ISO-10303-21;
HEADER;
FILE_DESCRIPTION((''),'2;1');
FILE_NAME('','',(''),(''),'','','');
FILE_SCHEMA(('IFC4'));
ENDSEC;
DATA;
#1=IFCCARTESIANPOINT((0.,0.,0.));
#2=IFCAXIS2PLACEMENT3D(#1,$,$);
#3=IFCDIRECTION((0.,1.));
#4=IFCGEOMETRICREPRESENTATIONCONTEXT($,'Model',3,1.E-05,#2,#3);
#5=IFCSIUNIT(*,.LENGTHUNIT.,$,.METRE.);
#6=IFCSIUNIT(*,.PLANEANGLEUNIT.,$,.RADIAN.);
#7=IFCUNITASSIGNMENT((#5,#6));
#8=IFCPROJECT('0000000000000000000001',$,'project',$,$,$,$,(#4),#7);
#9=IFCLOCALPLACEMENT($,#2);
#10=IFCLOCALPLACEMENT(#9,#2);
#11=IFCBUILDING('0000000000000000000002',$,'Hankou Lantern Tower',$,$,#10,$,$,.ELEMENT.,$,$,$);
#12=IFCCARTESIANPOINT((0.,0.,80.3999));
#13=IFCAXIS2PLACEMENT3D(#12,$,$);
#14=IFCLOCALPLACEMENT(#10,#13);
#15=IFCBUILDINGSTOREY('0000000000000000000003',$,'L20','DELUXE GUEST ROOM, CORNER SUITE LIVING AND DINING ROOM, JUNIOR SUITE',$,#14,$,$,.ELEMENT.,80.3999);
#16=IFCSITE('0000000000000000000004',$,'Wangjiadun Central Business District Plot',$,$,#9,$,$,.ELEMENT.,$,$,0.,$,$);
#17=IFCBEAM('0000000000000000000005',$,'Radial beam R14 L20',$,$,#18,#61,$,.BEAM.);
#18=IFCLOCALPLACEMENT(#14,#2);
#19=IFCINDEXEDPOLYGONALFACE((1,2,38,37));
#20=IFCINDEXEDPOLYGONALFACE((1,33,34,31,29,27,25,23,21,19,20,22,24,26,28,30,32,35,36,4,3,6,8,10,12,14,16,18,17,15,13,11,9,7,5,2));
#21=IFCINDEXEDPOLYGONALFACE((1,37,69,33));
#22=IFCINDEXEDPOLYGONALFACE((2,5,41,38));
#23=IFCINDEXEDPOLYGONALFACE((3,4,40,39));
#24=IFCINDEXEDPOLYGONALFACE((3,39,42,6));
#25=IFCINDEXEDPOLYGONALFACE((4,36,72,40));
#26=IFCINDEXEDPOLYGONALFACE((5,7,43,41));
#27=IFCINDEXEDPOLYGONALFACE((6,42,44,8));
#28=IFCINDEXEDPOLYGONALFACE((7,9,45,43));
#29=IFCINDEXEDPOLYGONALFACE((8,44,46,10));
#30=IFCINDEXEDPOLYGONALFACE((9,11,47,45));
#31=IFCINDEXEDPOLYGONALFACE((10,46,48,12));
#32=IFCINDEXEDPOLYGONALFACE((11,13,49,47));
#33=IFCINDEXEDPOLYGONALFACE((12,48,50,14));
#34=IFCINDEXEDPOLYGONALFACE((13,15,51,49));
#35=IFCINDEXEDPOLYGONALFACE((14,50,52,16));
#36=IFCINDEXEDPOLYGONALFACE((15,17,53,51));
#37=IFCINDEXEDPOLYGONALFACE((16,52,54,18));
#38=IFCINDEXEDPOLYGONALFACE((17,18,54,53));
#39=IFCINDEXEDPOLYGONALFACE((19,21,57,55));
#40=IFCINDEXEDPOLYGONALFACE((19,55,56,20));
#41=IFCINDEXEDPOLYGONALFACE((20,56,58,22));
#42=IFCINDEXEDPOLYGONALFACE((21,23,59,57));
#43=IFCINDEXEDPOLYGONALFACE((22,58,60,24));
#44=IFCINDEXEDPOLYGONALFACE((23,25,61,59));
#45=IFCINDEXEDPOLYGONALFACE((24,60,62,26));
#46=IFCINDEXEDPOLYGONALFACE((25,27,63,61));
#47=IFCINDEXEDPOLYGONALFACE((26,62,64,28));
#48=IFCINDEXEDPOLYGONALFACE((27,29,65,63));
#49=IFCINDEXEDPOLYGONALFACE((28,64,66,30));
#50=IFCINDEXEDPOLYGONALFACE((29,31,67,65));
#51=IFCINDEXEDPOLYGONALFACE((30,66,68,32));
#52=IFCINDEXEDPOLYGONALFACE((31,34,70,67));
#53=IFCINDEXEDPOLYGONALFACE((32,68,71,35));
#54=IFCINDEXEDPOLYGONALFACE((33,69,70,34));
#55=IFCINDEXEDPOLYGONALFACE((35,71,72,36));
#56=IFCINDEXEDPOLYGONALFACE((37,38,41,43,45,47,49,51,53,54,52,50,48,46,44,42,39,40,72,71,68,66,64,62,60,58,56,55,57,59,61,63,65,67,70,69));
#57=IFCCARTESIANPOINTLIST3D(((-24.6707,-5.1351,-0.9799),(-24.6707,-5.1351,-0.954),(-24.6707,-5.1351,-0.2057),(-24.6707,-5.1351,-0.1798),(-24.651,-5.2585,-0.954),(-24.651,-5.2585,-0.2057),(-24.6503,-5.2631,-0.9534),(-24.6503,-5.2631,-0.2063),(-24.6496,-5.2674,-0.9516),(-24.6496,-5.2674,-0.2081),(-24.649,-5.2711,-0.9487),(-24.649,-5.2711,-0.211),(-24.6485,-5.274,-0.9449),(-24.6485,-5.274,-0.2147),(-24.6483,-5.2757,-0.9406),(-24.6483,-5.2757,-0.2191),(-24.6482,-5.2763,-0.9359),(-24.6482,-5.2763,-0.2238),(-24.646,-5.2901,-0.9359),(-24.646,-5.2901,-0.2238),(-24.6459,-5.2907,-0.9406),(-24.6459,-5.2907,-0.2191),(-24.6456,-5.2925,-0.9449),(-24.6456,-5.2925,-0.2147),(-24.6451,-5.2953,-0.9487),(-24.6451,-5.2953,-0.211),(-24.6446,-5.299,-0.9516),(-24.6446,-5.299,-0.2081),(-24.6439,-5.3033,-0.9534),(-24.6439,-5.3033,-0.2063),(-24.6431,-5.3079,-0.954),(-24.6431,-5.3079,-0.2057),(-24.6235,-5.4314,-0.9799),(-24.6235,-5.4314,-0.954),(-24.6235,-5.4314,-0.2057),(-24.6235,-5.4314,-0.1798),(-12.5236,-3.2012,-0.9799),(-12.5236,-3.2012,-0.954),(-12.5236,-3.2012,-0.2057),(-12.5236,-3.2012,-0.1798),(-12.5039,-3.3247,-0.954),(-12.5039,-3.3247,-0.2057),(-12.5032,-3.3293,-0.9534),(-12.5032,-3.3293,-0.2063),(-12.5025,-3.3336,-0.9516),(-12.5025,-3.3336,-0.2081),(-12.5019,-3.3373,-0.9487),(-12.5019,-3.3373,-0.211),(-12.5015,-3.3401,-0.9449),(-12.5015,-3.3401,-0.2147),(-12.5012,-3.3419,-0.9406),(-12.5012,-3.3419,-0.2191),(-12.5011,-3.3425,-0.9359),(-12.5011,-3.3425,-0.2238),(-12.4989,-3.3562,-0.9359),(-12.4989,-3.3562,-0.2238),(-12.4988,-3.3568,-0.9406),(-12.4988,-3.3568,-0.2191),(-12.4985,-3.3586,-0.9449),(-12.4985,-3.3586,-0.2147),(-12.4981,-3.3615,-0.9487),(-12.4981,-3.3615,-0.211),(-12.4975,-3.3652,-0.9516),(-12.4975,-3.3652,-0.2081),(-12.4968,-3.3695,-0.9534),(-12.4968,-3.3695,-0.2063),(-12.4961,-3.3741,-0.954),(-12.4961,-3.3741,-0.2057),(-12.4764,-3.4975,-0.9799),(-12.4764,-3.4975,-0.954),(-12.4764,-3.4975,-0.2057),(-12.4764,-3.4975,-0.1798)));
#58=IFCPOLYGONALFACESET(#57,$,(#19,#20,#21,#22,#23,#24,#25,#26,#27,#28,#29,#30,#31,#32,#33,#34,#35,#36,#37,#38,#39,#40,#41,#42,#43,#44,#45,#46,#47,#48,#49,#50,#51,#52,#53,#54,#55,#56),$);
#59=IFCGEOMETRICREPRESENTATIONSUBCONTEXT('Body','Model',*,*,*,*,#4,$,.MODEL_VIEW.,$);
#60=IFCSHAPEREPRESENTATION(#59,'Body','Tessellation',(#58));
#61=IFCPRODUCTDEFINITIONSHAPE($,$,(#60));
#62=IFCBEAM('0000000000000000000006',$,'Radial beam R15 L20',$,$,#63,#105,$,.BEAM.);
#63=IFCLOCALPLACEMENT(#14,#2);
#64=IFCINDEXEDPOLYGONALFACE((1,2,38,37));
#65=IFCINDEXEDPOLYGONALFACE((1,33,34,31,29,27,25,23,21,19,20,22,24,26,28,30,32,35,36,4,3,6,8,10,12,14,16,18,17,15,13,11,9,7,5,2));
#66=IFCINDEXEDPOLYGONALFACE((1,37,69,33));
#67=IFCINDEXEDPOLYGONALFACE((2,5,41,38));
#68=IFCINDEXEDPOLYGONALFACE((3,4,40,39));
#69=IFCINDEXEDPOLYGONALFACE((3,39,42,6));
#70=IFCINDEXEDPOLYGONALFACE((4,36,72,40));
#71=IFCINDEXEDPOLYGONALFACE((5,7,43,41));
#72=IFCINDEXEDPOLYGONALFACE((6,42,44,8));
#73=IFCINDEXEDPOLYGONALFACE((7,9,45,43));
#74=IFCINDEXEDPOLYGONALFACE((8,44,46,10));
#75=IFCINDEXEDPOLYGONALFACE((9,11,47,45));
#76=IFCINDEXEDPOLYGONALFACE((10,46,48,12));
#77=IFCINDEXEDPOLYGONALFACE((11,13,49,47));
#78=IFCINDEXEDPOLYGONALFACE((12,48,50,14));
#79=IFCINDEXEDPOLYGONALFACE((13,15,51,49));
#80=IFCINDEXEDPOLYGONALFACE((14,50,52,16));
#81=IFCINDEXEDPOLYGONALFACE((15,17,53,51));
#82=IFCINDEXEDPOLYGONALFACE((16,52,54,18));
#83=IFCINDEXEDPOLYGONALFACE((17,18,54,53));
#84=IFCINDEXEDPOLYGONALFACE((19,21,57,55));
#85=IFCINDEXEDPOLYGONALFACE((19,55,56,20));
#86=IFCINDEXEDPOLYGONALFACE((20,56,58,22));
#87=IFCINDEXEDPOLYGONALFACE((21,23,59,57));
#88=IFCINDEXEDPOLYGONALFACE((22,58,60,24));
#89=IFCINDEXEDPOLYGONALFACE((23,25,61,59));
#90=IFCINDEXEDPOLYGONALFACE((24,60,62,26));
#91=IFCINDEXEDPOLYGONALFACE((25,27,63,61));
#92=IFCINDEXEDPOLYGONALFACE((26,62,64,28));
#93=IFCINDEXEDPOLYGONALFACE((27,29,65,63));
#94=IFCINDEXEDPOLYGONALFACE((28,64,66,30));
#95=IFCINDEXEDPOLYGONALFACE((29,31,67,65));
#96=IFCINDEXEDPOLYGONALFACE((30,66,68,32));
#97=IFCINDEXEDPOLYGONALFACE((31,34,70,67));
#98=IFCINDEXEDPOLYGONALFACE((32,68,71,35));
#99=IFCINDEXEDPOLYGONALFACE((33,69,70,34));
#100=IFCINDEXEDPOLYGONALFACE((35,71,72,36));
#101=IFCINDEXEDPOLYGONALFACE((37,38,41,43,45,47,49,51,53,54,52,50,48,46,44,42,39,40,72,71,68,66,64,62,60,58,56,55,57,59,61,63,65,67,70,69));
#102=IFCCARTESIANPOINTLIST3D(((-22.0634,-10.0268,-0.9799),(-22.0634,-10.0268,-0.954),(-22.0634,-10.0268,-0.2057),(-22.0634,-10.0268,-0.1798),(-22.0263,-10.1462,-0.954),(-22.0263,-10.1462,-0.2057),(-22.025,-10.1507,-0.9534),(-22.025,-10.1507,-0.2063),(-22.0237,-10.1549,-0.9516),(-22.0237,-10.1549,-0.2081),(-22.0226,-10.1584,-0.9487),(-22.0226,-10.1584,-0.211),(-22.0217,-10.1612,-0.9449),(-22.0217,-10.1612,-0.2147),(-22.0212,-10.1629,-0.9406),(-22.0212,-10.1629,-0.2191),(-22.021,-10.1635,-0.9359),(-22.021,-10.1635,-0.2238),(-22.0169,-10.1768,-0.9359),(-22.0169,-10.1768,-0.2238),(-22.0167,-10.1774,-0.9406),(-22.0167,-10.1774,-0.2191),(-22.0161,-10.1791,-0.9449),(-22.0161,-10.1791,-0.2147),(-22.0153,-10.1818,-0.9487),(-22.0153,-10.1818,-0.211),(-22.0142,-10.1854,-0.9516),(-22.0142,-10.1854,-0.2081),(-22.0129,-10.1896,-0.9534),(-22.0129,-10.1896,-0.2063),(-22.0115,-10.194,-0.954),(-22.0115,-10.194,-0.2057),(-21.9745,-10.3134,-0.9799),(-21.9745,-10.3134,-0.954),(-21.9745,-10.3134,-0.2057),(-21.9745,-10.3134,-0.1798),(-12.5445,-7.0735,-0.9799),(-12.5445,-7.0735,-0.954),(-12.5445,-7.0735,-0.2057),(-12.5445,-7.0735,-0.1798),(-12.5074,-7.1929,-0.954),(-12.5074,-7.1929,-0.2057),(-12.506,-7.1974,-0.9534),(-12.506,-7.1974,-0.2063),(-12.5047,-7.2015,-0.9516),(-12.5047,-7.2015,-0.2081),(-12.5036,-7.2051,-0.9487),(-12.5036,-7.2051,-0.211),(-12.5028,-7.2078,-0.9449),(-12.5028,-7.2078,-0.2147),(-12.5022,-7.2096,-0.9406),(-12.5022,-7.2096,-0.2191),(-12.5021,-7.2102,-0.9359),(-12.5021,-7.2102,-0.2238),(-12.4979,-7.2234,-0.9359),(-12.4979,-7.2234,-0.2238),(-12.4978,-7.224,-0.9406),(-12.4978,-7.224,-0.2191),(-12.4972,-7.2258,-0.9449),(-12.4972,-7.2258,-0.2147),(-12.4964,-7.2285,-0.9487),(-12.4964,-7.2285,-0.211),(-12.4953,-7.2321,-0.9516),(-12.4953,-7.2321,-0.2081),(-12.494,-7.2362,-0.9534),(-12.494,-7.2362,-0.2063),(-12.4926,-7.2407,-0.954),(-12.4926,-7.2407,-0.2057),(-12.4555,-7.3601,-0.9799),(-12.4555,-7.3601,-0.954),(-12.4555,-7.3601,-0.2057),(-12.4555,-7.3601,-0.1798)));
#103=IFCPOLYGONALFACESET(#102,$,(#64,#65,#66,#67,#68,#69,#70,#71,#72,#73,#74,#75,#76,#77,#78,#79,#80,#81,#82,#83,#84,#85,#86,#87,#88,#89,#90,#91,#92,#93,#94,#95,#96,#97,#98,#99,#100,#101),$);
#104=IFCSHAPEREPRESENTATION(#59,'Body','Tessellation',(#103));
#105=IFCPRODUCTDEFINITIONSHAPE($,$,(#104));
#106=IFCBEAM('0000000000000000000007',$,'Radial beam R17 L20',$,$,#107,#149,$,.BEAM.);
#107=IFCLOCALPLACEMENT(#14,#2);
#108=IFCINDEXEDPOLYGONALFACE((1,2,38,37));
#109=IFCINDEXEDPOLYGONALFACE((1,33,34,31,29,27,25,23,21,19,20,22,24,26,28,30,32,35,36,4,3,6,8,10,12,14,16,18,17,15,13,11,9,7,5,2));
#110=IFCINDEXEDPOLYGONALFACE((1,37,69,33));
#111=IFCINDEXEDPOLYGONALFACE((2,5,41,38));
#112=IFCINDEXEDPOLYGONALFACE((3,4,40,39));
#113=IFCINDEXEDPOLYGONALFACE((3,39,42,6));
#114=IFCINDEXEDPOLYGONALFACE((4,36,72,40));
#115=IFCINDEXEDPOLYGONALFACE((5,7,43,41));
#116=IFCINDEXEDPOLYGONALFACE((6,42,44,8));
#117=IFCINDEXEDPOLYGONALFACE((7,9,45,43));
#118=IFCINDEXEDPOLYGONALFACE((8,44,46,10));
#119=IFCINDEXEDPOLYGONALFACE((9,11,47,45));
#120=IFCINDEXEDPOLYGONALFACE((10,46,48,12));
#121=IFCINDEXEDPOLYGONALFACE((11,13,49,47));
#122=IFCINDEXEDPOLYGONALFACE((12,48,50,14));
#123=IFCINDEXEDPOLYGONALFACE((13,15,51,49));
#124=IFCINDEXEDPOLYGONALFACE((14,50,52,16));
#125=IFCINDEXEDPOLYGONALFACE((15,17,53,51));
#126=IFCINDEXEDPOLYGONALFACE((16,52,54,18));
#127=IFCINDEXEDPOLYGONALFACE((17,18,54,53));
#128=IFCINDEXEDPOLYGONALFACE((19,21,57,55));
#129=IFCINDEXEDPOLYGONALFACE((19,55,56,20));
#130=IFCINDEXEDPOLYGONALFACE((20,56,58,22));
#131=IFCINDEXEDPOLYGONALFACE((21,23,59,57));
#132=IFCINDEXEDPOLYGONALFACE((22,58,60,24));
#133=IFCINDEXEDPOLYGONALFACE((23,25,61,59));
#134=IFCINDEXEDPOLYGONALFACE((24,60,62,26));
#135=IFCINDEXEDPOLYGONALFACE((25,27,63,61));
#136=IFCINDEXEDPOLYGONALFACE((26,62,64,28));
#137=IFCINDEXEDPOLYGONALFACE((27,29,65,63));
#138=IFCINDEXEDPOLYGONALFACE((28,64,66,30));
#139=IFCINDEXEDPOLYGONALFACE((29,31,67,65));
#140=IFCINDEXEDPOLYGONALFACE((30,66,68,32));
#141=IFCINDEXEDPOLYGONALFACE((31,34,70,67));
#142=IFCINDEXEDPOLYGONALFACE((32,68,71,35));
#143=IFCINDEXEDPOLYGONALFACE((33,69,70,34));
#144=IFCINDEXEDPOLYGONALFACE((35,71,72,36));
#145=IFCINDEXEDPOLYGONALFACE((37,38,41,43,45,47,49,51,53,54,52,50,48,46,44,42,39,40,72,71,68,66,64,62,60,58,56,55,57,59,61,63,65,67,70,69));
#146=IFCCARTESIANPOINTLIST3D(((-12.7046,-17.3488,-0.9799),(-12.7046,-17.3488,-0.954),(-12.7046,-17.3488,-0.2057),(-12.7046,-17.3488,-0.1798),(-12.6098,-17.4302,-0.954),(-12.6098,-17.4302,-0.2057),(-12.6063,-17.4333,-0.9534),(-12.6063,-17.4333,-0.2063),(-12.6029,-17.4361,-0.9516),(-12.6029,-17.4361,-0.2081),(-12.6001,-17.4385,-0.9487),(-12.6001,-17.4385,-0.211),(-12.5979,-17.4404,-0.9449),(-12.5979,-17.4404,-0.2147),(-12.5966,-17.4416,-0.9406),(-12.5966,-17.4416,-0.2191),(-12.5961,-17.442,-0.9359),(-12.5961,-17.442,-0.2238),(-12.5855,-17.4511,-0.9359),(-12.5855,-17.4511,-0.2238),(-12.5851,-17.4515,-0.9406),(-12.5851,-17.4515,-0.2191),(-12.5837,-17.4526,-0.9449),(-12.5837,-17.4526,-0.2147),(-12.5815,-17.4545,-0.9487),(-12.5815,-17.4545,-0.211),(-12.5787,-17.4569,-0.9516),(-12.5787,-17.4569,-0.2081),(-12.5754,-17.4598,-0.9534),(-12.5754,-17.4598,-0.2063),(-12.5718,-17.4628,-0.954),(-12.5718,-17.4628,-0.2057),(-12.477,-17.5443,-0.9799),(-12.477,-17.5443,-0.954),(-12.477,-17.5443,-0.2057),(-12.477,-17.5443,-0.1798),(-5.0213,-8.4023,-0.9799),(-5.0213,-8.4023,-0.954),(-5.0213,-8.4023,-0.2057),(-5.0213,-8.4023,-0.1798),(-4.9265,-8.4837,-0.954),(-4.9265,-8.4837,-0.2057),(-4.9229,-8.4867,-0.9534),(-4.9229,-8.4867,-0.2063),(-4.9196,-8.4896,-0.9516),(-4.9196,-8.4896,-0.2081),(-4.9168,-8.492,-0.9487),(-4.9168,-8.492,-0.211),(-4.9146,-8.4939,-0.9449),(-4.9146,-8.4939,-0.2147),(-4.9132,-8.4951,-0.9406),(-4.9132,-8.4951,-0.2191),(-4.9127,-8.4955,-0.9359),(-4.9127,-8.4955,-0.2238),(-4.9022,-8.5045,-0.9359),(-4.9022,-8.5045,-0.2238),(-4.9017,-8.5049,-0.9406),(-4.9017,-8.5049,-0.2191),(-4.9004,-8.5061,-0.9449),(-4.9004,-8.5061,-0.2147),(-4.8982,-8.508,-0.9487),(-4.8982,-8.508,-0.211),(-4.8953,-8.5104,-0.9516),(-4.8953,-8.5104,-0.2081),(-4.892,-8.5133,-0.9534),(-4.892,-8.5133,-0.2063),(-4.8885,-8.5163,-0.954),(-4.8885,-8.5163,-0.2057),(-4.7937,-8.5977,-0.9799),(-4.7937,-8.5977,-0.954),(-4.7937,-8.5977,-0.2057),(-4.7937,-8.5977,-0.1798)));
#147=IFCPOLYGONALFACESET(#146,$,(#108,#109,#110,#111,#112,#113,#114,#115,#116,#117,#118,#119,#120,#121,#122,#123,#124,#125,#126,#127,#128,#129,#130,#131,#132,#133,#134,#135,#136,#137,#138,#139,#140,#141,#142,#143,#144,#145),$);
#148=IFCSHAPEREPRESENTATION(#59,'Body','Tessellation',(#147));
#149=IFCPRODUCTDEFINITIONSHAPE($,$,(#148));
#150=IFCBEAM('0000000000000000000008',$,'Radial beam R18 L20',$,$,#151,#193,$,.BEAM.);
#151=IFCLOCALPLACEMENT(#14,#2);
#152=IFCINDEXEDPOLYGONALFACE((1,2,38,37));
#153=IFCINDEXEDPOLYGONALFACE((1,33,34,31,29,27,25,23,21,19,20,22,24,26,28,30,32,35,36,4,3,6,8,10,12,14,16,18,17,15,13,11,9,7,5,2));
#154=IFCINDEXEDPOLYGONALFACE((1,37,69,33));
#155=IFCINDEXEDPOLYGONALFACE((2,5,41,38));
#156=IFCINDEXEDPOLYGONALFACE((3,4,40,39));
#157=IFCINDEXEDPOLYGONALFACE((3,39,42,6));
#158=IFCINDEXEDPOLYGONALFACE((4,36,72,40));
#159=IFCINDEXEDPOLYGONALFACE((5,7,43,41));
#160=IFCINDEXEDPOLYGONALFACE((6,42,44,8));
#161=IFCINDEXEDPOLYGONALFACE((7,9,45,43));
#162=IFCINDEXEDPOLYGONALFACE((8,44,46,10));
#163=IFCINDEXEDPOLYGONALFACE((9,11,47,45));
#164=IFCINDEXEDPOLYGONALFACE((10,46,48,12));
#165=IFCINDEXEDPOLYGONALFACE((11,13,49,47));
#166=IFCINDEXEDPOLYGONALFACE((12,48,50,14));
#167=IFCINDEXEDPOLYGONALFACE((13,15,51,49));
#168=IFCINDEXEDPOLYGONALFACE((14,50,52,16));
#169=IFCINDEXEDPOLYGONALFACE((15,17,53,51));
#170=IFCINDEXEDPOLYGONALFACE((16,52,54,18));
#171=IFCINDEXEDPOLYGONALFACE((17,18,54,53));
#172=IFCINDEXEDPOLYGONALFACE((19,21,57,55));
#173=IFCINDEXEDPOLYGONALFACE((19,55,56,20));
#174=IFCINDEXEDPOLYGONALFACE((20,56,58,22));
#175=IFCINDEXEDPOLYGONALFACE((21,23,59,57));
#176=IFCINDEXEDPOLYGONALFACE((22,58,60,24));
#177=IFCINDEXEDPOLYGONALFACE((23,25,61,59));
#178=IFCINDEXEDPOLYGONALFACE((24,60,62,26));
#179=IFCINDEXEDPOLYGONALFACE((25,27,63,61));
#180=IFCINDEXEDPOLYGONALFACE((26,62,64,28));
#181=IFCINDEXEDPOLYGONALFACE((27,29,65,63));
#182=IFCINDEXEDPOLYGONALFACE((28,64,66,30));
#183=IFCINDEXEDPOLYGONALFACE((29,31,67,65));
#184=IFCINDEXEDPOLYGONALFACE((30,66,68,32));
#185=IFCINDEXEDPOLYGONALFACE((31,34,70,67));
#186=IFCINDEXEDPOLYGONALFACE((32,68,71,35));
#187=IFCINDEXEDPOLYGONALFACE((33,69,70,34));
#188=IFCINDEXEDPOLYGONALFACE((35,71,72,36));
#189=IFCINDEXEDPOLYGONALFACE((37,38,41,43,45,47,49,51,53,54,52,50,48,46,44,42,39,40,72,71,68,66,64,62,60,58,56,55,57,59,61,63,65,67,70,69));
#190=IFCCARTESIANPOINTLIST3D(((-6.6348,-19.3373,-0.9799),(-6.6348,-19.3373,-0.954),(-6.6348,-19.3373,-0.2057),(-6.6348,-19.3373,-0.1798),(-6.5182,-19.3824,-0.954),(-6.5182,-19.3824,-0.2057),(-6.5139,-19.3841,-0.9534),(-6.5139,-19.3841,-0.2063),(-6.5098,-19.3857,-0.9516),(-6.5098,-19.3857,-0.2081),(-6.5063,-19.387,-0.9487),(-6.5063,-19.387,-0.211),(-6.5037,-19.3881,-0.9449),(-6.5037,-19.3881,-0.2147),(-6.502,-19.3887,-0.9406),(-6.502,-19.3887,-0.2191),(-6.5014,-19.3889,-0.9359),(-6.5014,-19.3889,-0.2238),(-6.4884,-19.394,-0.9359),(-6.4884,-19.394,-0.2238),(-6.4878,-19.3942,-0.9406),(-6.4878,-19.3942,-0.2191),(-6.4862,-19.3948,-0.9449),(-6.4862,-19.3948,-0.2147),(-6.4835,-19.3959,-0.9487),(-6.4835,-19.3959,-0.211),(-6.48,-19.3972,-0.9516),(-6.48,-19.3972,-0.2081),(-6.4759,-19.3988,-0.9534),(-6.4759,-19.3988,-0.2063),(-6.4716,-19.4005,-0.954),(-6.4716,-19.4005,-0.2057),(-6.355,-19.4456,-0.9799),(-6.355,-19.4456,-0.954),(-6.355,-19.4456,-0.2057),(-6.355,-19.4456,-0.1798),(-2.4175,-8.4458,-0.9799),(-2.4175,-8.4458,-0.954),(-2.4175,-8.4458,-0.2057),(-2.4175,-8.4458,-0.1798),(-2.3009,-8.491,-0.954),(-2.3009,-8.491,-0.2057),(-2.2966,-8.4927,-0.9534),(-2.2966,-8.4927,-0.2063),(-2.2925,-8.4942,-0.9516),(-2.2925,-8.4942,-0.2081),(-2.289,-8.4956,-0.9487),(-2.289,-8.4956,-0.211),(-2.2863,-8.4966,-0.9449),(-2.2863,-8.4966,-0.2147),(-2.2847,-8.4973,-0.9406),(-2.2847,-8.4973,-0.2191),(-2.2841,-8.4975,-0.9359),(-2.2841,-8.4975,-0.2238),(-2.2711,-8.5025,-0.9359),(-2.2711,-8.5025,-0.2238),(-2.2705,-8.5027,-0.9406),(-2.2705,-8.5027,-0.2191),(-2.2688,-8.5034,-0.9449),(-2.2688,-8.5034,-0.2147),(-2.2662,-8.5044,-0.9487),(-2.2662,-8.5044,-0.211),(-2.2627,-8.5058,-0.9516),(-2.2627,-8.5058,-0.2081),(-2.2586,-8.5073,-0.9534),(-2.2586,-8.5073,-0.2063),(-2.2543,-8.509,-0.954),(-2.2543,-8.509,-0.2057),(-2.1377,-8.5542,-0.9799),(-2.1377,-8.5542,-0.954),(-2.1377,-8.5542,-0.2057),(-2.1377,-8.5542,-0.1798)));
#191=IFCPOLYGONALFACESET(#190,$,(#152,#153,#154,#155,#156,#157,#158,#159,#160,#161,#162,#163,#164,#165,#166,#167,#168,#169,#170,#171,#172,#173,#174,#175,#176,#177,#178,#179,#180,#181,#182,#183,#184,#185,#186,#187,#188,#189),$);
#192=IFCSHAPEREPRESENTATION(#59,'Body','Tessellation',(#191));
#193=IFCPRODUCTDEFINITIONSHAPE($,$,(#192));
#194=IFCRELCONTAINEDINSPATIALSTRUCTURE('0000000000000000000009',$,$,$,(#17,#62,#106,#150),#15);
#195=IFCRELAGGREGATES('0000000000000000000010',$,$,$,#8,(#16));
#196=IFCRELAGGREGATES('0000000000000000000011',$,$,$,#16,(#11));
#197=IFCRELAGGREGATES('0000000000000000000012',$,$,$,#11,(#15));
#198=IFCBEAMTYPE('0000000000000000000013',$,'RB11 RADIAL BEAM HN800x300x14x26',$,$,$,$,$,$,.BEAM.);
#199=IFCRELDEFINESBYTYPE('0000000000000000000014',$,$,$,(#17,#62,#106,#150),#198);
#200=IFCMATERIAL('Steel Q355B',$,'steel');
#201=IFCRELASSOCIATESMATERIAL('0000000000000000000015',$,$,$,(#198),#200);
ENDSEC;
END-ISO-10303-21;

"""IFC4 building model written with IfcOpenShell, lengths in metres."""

from ifc_helpers import new_model, si_unit, direction, frame, origin, origin_2d, place, context, subcontext, project, spatial, i_section, extrude, material, material_profile, profile_set, type_object, element, save


model = new_model("IFC4")

# Units and contexts
model_context = context("Model", 3, precision=1e-05, world=origin(), true_north=direction((0.0, 1.0)))
body_context = subcontext(model_context, "Body", "Model", "MODEL_VIEW")
ifc_project = project(units=[si_unit("LENGTHUNIT", "METRE"), si_unit("PLANEANGLEUNIT", "RADIAN")], contexts=[model_context])

# Site, building, storey
site_placement = place(None, origin())
site = spatial("IfcSite", under=ifc_project, at=site_placement, Name="Wangjiadun Central Business District Plot", CompositionType="ELEMENT", RefElevation=0.0)
building_placement = place(site_placement, origin())
building = spatial("IfcBuilding", under=site, at=building_placement, Name="Hankou Lantern Tower", CompositionType="ELEMENT")
storey_placement = place(building_placement, frame((0.0, 0.0, 80.3999)))
storey = spatial("IfcBuildingStorey", under=building, at=storey_placement, Name="L20", Description="DELUXE GUEST ROOM, CORNER SUITE LIVING AND DINING ROOM, JUNIOR SUITE", CompositionType="ELEMENT", Elevation=80.3999)

# Beams
ifc_material_1 = material(Name="Steel Q355B", Category="steel")
ifc_material_profile_1 = material_profile(ifc_material_1, i_section(OverallWidth=0.3, OverallDepth=0.8, WebThickness=0.0139, FlangeThickness=0.0259, FilletRadius=0.0181, at=origin_2d()), Name="HN800x300x14x26")
ifc_profile_set_1 = profile_set([ifc_material_profile_1], Name="Steel Q355B")
beam_type_1 = type_object("IfcBeamType", Name="RB11 RADIAL BEAM HN800x300x14x26", PredefinedType="BEAM", material=ifc_profile_set_1)
beam_1_placement = place(storey_placement, frame((-12.5, -3.3494, -0.5798), z_axis=(-0.987563, -0.157223, 0.0), x_axis=(0.157223, -0.987563, 0.0)))
element("IfcBeam", 1, at=beam_1_placement, inside=storey, type_object=beam_type_1, Name="Radial beam R14 L20", PredefinedType="BEAM", context=body_context, shape_type="SweptSolid", body=[
    extrude(i_section(OverallWidth=0.3, OverallDepth=0.8, WebThickness=0.0139, FlangeThickness=0.0259, FilletRadius=0.0181, at=origin_2d()), origin(), (0.0, 0.0, 1.0), 12.3),
])
beam_2_placement = place(storey_placement, frame((-12.5, -7.2168, -0.5798), z_axis=(-0.955087, -0.296324, 0.0), x_axis=(0.296324, -0.955087, 0.0)))
element("IfcBeam", 2, at=beam_2_placement, inside=storey, type_object=beam_type_1, Name="Radial beam R15 L20", PredefinedType="BEAM", context=body_context, shape_type="SweptSolid", body=[
    extrude(i_section(OverallWidth=0.3, OverallDepth=0.8, WebThickness=0.0139, FlangeThickness=0.0259, FilletRadius=0.0181, at=origin_2d()), origin(), (0.0, 0.0, 1.0), 9.9666),
])
beam_3_placement = place(storey_placement, frame((-4.9075, -8.5, -0.5798), z_axis=(-0.651519, -0.758632, 0.0), x_axis=(0.758632, -0.651519, 0.0)))
element("IfcBeam", 3, at=beam_3_placement, inside=storey, type_object=beam_type_1, Name="Radial beam R17 L20", PredefinedType="BEAM", context=body_context, shape_type="SweptSolid", body=[
    extrude(i_section(OverallWidth=0.3, OverallDepth=0.8, WebThickness=0.0139, FlangeThickness=0.0259, FilletRadius=0.0181, at=origin_2d()), origin(), (0.0, 0.0, 1.0), 11.793),
])
beam_4_placement = place(storey_placement, frame((-2.2776, -8.5, -0.5798), z_axis=(-0.361089, -0.932531, 0.0), x_axis=(0.932531, -0.361089, 0.0)))
element("IfcBeam", 4, at=beam_4_placement, inside=storey, type_object=beam_type_1, Name="Radial beam R18 L20", PredefinedType="BEAM", context=body_context, shape_type="SweptSolid", body=[
    extrude(i_section(OverallWidth=0.3, OverallDepth=0.8, WebThickness=0.0139, FlangeThickness=0.0259, FilletRadius=0.0181, at=origin_2d()), origin(), (0.0, 0.0, 1.0), 11.6794),
])

save(model, "model.ifc")
